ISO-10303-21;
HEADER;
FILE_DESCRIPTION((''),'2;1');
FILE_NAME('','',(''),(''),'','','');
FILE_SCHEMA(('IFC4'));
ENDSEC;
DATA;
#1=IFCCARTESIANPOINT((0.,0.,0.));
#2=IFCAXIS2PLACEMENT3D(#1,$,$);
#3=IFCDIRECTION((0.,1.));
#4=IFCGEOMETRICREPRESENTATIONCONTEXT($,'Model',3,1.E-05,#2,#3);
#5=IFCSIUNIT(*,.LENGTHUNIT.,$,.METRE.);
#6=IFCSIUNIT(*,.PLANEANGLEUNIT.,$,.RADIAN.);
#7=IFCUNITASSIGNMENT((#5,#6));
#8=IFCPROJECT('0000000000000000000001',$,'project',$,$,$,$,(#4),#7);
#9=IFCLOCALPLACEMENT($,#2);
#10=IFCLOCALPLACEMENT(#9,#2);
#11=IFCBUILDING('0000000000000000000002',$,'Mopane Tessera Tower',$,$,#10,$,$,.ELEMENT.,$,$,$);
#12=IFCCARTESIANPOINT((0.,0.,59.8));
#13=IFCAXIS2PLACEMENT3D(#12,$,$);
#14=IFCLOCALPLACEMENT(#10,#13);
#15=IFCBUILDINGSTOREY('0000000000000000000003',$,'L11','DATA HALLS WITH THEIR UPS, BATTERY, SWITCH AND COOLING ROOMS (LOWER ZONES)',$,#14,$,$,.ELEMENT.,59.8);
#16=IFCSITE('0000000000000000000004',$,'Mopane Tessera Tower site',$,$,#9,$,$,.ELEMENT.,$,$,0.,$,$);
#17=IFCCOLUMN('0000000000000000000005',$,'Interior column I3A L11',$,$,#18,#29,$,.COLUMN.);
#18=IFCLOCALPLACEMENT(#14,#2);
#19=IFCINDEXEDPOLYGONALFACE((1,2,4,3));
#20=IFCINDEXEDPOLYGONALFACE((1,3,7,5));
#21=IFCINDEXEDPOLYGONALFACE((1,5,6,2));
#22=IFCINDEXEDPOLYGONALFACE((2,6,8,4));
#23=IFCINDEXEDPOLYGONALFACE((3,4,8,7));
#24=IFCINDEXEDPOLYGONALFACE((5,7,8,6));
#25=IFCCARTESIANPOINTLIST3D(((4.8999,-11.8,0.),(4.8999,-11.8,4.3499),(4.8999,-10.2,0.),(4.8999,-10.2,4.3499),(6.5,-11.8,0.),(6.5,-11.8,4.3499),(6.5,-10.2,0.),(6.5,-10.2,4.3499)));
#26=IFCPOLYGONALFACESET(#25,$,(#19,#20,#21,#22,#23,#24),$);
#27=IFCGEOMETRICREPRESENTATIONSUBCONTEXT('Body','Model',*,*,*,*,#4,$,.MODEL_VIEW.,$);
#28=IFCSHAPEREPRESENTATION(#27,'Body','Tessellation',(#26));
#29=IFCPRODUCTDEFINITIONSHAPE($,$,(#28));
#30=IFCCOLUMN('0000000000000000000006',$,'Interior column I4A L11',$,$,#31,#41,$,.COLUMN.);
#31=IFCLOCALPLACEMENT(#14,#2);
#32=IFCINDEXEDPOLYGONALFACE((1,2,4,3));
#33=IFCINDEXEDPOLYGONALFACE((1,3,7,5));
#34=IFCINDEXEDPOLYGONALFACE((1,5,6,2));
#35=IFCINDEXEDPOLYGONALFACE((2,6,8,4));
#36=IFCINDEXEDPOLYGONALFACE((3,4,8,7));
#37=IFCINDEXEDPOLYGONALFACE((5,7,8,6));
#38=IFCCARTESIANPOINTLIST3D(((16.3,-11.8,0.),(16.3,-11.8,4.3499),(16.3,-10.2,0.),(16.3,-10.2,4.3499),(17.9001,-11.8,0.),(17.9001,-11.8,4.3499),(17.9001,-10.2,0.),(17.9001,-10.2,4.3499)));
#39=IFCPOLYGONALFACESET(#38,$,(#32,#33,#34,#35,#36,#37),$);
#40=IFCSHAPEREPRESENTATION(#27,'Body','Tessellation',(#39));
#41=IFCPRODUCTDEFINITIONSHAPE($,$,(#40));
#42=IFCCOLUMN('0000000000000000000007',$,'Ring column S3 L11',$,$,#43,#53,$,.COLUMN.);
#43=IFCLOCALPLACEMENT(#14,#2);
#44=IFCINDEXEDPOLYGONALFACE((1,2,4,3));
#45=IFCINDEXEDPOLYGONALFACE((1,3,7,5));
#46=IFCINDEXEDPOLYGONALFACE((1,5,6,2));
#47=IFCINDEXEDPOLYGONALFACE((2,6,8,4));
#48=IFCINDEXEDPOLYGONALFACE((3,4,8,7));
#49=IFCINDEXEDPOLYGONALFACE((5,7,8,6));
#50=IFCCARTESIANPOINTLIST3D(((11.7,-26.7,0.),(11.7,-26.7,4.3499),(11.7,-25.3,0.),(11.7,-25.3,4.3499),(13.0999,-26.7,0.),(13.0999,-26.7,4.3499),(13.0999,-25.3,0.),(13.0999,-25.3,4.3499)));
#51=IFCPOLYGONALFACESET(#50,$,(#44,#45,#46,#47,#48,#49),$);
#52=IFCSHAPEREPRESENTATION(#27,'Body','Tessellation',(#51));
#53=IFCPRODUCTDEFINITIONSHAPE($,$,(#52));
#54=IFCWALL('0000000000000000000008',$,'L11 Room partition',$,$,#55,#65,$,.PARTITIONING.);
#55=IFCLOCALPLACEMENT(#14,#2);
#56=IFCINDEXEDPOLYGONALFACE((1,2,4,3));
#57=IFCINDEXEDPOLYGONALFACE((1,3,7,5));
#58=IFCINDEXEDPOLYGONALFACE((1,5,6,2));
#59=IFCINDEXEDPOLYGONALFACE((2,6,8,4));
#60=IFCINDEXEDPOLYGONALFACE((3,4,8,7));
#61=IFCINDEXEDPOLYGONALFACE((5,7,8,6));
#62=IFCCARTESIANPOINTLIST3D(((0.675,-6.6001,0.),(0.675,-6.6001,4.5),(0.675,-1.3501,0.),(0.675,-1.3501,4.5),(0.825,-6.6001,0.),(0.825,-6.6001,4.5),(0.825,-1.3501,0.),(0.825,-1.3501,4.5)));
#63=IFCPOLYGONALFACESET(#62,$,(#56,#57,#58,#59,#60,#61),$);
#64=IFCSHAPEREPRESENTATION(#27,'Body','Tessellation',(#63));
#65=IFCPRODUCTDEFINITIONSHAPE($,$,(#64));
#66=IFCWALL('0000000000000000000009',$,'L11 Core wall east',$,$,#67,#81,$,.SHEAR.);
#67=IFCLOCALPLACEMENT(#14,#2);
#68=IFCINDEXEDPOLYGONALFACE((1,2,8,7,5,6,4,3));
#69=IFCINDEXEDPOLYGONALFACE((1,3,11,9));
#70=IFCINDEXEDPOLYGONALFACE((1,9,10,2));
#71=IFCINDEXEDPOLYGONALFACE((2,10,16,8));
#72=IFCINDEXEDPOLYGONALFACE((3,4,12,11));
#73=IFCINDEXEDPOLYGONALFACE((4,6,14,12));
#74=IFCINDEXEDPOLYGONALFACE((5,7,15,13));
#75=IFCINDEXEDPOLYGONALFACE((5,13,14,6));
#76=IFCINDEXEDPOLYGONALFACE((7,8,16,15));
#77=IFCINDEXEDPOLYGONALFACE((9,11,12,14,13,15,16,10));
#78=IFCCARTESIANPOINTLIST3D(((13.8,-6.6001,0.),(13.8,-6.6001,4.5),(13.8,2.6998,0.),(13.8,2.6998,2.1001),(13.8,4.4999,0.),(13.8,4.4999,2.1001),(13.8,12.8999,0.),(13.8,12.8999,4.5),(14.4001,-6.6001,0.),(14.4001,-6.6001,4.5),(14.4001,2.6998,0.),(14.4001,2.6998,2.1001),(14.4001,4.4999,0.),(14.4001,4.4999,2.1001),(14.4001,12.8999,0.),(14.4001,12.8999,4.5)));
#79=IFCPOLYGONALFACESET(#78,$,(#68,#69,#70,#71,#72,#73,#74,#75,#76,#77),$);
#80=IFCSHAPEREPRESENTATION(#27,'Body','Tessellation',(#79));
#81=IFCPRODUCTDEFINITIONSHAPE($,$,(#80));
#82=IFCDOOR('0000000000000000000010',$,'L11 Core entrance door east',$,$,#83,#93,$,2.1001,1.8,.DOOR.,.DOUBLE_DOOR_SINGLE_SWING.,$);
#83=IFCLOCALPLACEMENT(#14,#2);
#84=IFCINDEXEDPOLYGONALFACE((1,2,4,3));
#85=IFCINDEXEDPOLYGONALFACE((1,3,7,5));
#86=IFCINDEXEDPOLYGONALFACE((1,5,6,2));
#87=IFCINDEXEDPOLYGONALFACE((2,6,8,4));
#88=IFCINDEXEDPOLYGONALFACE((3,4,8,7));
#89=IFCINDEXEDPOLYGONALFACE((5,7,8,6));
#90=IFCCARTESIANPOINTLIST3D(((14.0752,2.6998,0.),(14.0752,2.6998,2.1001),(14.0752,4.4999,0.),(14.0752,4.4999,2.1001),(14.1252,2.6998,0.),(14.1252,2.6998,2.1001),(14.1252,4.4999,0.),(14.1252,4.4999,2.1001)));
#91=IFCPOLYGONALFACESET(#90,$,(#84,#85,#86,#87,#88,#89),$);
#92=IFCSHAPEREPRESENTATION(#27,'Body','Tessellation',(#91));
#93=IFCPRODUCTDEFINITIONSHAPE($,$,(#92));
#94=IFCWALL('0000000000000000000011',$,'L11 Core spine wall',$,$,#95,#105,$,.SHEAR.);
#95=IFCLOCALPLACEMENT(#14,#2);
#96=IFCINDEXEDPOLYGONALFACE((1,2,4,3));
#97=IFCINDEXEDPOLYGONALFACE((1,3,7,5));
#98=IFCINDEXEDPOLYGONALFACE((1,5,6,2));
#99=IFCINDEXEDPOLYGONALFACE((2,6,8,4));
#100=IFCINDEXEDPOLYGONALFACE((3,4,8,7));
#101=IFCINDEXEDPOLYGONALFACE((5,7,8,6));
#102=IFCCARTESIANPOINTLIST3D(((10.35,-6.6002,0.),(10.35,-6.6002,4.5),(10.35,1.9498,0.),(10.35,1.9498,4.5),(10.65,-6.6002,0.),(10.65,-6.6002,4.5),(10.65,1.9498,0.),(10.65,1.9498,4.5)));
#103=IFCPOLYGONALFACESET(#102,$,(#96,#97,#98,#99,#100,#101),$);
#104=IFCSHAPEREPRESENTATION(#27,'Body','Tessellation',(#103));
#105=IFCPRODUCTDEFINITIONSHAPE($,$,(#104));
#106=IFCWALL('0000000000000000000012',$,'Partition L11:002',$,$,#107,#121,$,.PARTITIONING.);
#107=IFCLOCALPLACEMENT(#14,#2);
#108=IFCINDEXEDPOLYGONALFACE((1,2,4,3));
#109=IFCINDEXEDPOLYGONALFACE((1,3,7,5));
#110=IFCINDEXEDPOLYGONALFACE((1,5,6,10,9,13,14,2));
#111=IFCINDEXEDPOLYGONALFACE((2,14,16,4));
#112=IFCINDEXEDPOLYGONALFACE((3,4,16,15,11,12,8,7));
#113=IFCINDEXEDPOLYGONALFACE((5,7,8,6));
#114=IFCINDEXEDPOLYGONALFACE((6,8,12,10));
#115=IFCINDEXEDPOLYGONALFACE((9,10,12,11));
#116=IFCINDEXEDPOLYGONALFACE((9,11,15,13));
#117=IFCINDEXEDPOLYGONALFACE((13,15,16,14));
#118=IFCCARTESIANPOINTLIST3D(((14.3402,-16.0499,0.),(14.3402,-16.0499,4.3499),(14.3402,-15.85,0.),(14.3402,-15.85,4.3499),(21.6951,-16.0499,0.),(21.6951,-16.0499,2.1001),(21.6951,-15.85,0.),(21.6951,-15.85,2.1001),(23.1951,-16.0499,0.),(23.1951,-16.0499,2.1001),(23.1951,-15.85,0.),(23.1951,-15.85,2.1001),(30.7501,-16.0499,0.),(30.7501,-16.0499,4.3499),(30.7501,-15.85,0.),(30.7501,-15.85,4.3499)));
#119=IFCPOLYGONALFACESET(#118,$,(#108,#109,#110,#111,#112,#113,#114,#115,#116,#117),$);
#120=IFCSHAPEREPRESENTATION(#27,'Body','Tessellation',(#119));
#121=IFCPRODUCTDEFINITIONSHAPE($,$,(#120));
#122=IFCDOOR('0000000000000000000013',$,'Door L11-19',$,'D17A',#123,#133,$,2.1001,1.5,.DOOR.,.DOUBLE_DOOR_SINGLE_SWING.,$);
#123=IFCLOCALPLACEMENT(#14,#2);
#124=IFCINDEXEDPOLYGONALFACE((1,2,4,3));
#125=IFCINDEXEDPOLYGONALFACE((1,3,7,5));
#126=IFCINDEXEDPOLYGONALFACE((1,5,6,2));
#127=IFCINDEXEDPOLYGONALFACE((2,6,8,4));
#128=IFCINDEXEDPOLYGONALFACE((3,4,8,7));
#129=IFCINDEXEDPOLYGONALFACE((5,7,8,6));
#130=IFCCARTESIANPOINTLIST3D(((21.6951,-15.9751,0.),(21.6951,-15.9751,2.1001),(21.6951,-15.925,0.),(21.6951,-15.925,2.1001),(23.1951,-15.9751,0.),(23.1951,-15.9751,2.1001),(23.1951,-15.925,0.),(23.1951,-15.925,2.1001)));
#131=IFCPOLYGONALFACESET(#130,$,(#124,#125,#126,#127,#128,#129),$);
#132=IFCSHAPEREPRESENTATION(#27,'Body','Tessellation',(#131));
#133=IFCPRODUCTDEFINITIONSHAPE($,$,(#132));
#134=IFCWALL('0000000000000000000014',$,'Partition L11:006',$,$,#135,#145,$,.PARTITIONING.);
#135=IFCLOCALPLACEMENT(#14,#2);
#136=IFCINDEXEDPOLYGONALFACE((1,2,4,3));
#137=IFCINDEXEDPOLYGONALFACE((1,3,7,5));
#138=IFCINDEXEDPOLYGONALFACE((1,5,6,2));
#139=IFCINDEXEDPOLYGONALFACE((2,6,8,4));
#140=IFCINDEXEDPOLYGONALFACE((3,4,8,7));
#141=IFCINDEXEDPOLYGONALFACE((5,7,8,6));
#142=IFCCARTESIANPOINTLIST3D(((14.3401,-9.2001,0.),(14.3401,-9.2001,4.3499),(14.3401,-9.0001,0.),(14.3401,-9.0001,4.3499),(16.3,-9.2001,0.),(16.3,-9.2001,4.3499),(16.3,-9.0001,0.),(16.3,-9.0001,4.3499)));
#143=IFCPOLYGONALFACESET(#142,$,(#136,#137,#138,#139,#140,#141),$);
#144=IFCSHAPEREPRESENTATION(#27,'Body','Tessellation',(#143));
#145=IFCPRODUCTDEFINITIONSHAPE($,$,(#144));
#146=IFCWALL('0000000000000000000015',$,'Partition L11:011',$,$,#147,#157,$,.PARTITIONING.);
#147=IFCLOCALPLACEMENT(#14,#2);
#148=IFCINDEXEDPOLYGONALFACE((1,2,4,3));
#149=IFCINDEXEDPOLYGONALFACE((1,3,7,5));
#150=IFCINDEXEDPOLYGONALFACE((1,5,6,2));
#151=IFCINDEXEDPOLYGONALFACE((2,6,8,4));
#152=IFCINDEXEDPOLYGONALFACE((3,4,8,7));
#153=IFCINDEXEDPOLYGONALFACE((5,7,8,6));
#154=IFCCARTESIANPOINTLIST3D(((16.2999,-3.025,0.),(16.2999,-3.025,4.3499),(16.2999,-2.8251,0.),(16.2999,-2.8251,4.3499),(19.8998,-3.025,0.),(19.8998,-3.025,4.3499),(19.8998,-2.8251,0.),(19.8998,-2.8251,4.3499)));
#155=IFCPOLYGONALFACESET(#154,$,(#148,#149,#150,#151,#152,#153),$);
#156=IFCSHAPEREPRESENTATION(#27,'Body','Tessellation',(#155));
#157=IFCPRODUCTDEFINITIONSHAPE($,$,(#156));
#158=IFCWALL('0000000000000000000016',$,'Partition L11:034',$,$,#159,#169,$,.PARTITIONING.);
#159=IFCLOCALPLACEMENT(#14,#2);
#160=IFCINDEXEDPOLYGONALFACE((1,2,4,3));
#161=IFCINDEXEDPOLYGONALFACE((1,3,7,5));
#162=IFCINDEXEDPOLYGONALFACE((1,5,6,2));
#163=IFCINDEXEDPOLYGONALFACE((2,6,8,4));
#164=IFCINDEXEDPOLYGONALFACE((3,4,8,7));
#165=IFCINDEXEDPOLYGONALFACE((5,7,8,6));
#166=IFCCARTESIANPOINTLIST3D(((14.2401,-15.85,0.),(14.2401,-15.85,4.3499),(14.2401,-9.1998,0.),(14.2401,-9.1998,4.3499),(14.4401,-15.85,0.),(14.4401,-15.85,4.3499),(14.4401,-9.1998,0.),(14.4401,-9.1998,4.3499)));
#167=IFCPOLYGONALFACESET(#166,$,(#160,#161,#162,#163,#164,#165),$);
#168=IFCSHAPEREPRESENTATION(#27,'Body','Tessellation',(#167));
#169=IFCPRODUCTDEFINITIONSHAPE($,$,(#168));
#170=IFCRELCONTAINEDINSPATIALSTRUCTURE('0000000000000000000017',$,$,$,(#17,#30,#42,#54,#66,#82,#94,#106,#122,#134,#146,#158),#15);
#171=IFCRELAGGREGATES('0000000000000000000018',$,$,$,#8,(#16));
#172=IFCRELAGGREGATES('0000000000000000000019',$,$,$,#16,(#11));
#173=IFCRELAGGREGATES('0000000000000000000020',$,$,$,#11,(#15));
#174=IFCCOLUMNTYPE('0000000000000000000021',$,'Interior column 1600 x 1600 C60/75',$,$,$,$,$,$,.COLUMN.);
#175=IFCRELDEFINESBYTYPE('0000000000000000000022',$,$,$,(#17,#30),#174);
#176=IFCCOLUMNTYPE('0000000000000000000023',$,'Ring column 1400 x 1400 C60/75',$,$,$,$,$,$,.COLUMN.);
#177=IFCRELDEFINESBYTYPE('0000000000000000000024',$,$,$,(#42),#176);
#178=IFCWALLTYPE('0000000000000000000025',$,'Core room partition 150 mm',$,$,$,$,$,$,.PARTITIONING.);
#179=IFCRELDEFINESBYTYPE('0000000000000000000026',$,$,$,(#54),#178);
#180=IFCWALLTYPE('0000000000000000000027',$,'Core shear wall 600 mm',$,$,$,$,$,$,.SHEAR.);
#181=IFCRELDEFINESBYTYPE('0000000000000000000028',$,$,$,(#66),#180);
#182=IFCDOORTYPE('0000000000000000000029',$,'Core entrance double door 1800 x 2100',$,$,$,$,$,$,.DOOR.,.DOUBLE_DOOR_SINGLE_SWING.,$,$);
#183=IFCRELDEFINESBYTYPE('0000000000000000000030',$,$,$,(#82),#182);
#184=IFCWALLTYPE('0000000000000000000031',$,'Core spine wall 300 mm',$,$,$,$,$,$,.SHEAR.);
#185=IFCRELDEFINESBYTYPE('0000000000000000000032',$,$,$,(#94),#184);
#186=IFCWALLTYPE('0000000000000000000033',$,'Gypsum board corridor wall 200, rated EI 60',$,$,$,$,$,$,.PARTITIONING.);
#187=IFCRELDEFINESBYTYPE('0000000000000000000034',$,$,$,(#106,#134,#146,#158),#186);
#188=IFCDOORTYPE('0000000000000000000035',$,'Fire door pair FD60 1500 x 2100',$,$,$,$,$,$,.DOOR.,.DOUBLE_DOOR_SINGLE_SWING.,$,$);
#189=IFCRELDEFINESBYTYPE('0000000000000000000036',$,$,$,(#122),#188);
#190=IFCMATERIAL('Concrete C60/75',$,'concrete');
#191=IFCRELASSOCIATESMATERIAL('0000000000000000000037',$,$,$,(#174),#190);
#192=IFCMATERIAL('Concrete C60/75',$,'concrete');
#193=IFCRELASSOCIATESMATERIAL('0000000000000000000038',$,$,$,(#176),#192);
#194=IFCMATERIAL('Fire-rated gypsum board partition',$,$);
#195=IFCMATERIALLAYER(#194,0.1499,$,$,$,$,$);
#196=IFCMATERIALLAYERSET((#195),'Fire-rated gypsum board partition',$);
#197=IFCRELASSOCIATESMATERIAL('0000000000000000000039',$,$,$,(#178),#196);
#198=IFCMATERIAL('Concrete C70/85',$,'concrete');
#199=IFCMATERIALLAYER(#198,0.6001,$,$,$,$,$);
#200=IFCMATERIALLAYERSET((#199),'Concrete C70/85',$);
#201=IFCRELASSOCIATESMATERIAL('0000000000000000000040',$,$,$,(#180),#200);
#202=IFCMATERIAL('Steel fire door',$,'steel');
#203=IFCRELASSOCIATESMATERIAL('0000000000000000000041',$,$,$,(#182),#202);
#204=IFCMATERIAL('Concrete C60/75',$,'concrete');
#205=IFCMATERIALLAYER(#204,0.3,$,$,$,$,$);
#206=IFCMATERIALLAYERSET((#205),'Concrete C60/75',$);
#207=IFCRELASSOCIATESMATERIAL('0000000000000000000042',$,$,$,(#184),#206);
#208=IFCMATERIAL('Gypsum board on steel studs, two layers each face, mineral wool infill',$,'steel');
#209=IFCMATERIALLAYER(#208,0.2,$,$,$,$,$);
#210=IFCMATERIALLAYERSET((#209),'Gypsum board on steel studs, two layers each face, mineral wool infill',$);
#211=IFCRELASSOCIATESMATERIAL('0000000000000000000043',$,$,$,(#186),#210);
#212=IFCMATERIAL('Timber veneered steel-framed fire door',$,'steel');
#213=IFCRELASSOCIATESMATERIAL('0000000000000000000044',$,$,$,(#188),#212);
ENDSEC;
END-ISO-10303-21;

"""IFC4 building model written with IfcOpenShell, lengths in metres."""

from ifc_helpers import new_model, si_unit, direction, frame, frame_2d, origin, origin_2d, place, context, subcontext, project, spatial, rectangle, extrude, material, layer, layer_set, material_profile, profile_set, type_object, element, fill, save


model = new_model("IFC4")

# Units and contexts
model_context = context("Model", 3, precision=1e-05, world=origin(), true_north=direction((0.0, 1.0)))
body_context = subcontext(model_context, "Body", "Model", "MODEL_VIEW")
ifc_project = project(units=[si_unit("LENGTHUNIT", "METRE"), si_unit("PLANEANGLEUNIT", "RADIAN")], contexts=[model_context])

# Site, building, storey
site_placement = place(None, origin())
site = spatial("IfcSite", under=ifc_project, at=site_placement, Name="Mopane Tessera Tower site", CompositionType="ELEMENT", RefElevation=0.0)
building_placement = place(site_placement, origin())
building = spatial("IfcBuilding", under=site, at=building_placement, Name="Mopane Tessera Tower", CompositionType="ELEMENT")
storey_placement = place(building_placement, frame((0.0, 0.0, 59.8)))
storey = spatial("IfcBuildingStorey", under=building, at=storey_placement, Name="L11", Description="DATA HALLS WITH THEIR UPS, BATTERY, SWITCH AND COOLING ROOMS (LOWER ZONES)", CompositionType="ELEMENT", Elevation=59.8)

# Columns
ifc_material_1 = material(Name="Concrete C60/75", Category="concrete")
ifc_material_profile_1 = material_profile(ifc_material_1, rectangle(XDim=1.6001, YDim=1.6001, at=origin_2d()))
ifc_profile_set_1 = profile_set([ifc_material_profile_1], Name="Concrete C60/75")
column_type_1 = type_object("IfcColumnType", Name="Interior column 1600 x 1600 C60/75", PredefinedType="COLUMN", material=ifc_profile_set_1)
for number, where, z_axis, x_axis, name in (
    (1, (5.7, -11.0, 0.0), (0.0, 0.0, 1.0), (1.0, 0.0, 0.0), "Interior column I3A L11"),
    (2, (17.1001, -11.0, 0.0), (0.0, 0.0, 1.0), (1.0, 0.0, 0.0), "Interior column I4A L11"),
):
    element("IfcColumn", number, at=place(storey_placement, frame(where, z_axis=z_axis, x_axis=x_axis)), inside=storey, type_object=column_type_1, Name=name, PredefinedType="COLUMN", context=body_context, shape_type="SweptSolid", body=[
        extrude(rectangle(XDim=1.6001, YDim=1.6001, at=origin_2d()), origin(), (0.0, 0.0, 1.0), 4.3499),
    ])
ifc_material_2 = material(Name="Concrete C60/75", Category="concrete")
ifc_material_profile_2 = material_profile(ifc_material_2, rectangle(XDim=1.3999, YDim=1.3999, at=origin_2d()))
ifc_profile_set_2 = profile_set([ifc_material_profile_2], Name="Concrete C60/75")
column_type_2 = type_object("IfcColumnType", Name="Ring column 1400 x 1400 C60/75", PredefinedType="COLUMN", material=ifc_profile_set_2)
column_placement = place(storey_placement, frame((12.3999, -26.0, 0.0), z_axis=(0.0, 0.0, 1.0), x_axis=(1.0, 0.0, 0.0)))
element("IfcColumn", 3, at=column_placement, inside=storey, type_object=column_type_2, Name="Ring column S3 L11", PredefinedType="COLUMN", context=body_context, shape_type="SweptSolid", body=[
    extrude(rectangle(XDim=1.3999, YDim=1.3999, at=origin_2d()), origin(), (0.0, 0.0, 1.0), 4.3499),
])

# Wall
ifc_material_3 = material(Name="Fire-rated gypsum board partition")
ifc_layer_1 = layer(ifc_material_3, 0.1499)
ifc_layer_set_1 = layer_set([ifc_layer_1], Name="Fire-rated gypsum board partition")
wall_type_1 = type_object("IfcWallType", Name="Core room partition 150 mm", PredefinedType="PARTITIONING", material=ifc_layer_set_1)
wall_1_placement = place(storey_placement, frame((0.75, -6.6001, 0.0), z_axis=(0.0, 0.0, 1.0), x_axis=(0.0, 1.0, 0.0)))
element("IfcWall", 4, at=wall_1_placement, inside=storey, type_object=wall_type_1, Name="L11 Room partition", PredefinedType="PARTITIONING", context=body_context, shape_type="SweptSolid", body=[
    extrude(rectangle(XDim=5.25, YDim=0.1499, at=frame_2d((2.625, 0.0))), origin(), (0.0, 0.0, 1.0), 4.5),
])

# Wall, opening, door
ifc_material_4 = material(Name="Concrete C70/85", Category="concrete")
ifc_layer_2 = layer(ifc_material_4, 0.6001)
ifc_layer_set_2 = layer_set([ifc_layer_2], Name="Concrete C70/85")
wall_type_2 = type_object("IfcWallType", Name="Core shear wall 600 mm", PredefinedType="SHEAR", material=ifc_layer_set_2)
wall_2_placement = place(storey_placement, frame((14.1001, -6.6001, 0.0), z_axis=(0.0, 0.0, 1.0), x_axis=(0.0, 1.0, 0.0)))
wall_2 = element("IfcWall", 5, at=wall_2_placement, inside=storey, type_object=wall_type_2, Name="L11 Core wall east", PredefinedType="SHEAR", context=body_context, shape_type="SweptSolid", body=[
    extrude(rectangle(XDim=19.5, YDim=0.6001, at=frame_2d((9.75, 0.0))), origin(), (0.0, 0.0, 1.0), 4.5),
])
opening_1_placement = place(wall_2_placement, frame((9.3, 0.0, 0.0)))
opening_1 = element("IfcOpeningElement", 6, at=opening_1_placement, cuts=wall_2, PredefinedType="OPENING", context=body_context, shape_type="SweptSolid", body=[
    extrude(rectangle(XDim=1.8, YDim=2.1001, at=frame_2d((0.8999, 1.05))), frame((0.0, 0.312, 0.0), z_axis=(0.0, -1.0, 0.0), x_axis=(1.0, 0.0, 0.0)), (0.0, 0.0, 1.0), 0.624),
])
ifc_material_5 = material(Name="Steel fire door", Category="steel")
door_type_1 = type_object("IfcDoorType", Name="Core entrance double door 1800 x 2100", OperationType="DOUBLE_DOOR_SINGLE_SWING", PredefinedType="DOOR", material=ifc_material_5)
door_1_placement = place(opening_1_placement, origin())
door_1 = element("IfcDoor", 7, at=door_1_placement, inside=storey, type_object=door_type_1, Name="L11 Core entrance door east", OperationType="DOUBLE_DOOR_SINGLE_SWING", OverallHeight=2.1001, OverallWidth=1.8, PredefinedType="DOOR", context=body_context, shape_type="SweptSolid", body=[
    extrude(rectangle(XDim=1.8, YDim=2.1001, at=frame_2d((0.8999, 1.05))), frame((0.0, 0.0249, 0.0), z_axis=(0.0, -1.0, 0.0), x_axis=(1.0, 0.0, 0.0)), (0.0, 0.0, 1.0), 0.05),
])
fill(opening_1, door_1)

# Wall
ifc_material_6 = material(Name="Concrete C60/75", Category="concrete")
ifc_layer_3 = layer(ifc_material_6, 0.3)
ifc_layer_set_3 = layer_set([ifc_layer_3], Name="Concrete C60/75")
wall_type_3 = type_object("IfcWallType", Name="Core spine wall 300 mm", PredefinedType="SHEAR", material=ifc_layer_set_3)
wall_3_placement = place(storey_placement, frame((10.5, -6.6001, 0.0), z_axis=(0.0, 0.0, 1.0), x_axis=(0.0, 1.0, 0.0)))
element("IfcWall", 8, at=wall_3_placement, inside=storey, type_object=wall_type_3, Name="L11 Core spine wall", PredefinedType="SHEAR", context=body_context, shape_type="SweptSolid", body=[
    extrude(rectangle(XDim=8.55, YDim=0.3, at=frame_2d((4.2749, 0.0))), origin(), (0.0, 0.0, 1.0), 4.5),
])

# Wall, opening, door
ifc_material_7 = material(Name="Gypsum board on steel studs, two layers each face, mineral wool infill", Category="steel")
ifc_layer_4 = layer(ifc_material_7, 0.2)
ifc_layer_set_4 = layer_set([ifc_layer_4], Name="Gypsum board on steel studs, two layers each face, mineral wool infill")
wall_type_4 = type_object("IfcWallType", Name="Gypsum board corridor wall 200, rated EI 60", PredefinedType="PARTITIONING", material=ifc_layer_set_4)
wall_4_placement = place(storey_placement, frame((14.3401, -15.95, 0.0), z_axis=(0.0, 0.0, 1.0), x_axis=(1.0, 0.0, 0.0)))
wall_4 = element("IfcWall", 9, at=wall_4_placement, inside=storey, type_object=wall_type_4, Name="Partition L11:002", PredefinedType="PARTITIONING", context=body_context, shape_type="SweptSolid", body=[
    extrude(rectangle(XDim=16.4099, YDim=0.2, at=frame_2d((8.2051, 0.0))), origin(), (0.0, 0.0, 1.0), 4.3499),
])
opening_2_placement = place(wall_4_placement, frame((7.355, 0.0, 0.0)))
opening_2 = element("IfcOpeningElement", 10, at=opening_2_placement, cuts=wall_4, PredefinedType="OPENING", context=body_context, shape_type="SweptSolid", body=[
    extrude(rectangle(XDim=1.5, YDim=2.1001, at=frame_2d((0.75, 1.05))), frame((0.0, 0.1121, 0.0), z_axis=(0.0, -1.0, 0.0), x_axis=(1.0, 0.0, 0.0)), (0.0, 0.0, 1.0), 0.2239),
])
ifc_material_8 = material(Name="Timber veneered steel-framed fire door", Category="steel")
door_type_2 = type_object("IfcDoorType", Name="Fire door pair FD60 1500 x 2100", OperationType="DOUBLE_DOOR_SINGLE_SWING", PredefinedType="DOOR", material=ifc_material_8)
door_2_placement = place(opening_2_placement, origin())
door_2 = element("IfcDoor", 11, at=door_2_placement, inside=storey, type_object=door_type_2, Name="Door L11-19", ObjectType="D17A", OperationType="DOUBLE_DOOR_SINGLE_SWING", OverallHeight=2.1001, OverallWidth=1.5, PredefinedType="DOOR", context=body_context, shape_type="SweptSolid", body=[
    extrude(rectangle(XDim=1.5, YDim=2.1001, at=frame_2d((0.75, 1.05))), frame((0.0, 0.0249, 0.0), z_axis=(0.0, -1.0, 0.0), x_axis=(1.0, 0.0, 0.0)), (0.0, 0.0, 1.0), 0.05),
])
fill(opening_2, door_2)

# Walls
wall_5_placement = place(storey_placement, frame((14.3401, -9.1001, 0.0), z_axis=(0.0, 0.0, 1.0), x_axis=(1.0, 0.0, 0.0)))
element("IfcWall", 12, at=wall_5_placement, inside=storey, type_object=wall_type_4, Name="Partition L11:006", PredefinedType="PARTITIONING", context=body_context, shape_type="SweptSolid", body=[
    extrude(rectangle(XDim=1.96, YDim=0.2, at=frame_2d((0.98, 0.0))), origin(), (0.0, 0.0, 1.0), 4.3499),
])
wall_6_placement = place(storey_placement, frame((16.3, -2.925, 0.0), z_axis=(0.0, 0.0, 1.0), x_axis=(1.0, 0.0, 0.0)))
element("IfcWall", 13, at=wall_6_placement, inside=storey, type_object=wall_type_4, Name="Partition L11:011", PredefinedType="PARTITIONING", context=body_context, shape_type="SweptSolid", body=[
    extrude(rectangle(XDim=3.5999, YDim=0.2, at=frame_2d((1.7998, 0.0))), origin(), (0.0, 0.0, 1.0), 4.3499),
])
wall_7_placement = place(storey_placement, frame((14.3401, -15.8501, 0.0), z_axis=(0.0, 0.0, 1.0), x_axis=(0.0, 1.0, 0.0)))
element("IfcWall", 14, at=wall_7_placement, inside=storey, type_object=wall_type_4, Name="Partition L11:034", PredefinedType="PARTITIONING", context=body_context, shape_type="SweptSolid", body=[
    extrude(rectangle(XDim=6.6501, YDim=0.2, at=frame_2d((3.3252, 0.0))), origin(), (0.0, 0.0, 1.0), 4.3499),
])

save(model, "model.ifc")
